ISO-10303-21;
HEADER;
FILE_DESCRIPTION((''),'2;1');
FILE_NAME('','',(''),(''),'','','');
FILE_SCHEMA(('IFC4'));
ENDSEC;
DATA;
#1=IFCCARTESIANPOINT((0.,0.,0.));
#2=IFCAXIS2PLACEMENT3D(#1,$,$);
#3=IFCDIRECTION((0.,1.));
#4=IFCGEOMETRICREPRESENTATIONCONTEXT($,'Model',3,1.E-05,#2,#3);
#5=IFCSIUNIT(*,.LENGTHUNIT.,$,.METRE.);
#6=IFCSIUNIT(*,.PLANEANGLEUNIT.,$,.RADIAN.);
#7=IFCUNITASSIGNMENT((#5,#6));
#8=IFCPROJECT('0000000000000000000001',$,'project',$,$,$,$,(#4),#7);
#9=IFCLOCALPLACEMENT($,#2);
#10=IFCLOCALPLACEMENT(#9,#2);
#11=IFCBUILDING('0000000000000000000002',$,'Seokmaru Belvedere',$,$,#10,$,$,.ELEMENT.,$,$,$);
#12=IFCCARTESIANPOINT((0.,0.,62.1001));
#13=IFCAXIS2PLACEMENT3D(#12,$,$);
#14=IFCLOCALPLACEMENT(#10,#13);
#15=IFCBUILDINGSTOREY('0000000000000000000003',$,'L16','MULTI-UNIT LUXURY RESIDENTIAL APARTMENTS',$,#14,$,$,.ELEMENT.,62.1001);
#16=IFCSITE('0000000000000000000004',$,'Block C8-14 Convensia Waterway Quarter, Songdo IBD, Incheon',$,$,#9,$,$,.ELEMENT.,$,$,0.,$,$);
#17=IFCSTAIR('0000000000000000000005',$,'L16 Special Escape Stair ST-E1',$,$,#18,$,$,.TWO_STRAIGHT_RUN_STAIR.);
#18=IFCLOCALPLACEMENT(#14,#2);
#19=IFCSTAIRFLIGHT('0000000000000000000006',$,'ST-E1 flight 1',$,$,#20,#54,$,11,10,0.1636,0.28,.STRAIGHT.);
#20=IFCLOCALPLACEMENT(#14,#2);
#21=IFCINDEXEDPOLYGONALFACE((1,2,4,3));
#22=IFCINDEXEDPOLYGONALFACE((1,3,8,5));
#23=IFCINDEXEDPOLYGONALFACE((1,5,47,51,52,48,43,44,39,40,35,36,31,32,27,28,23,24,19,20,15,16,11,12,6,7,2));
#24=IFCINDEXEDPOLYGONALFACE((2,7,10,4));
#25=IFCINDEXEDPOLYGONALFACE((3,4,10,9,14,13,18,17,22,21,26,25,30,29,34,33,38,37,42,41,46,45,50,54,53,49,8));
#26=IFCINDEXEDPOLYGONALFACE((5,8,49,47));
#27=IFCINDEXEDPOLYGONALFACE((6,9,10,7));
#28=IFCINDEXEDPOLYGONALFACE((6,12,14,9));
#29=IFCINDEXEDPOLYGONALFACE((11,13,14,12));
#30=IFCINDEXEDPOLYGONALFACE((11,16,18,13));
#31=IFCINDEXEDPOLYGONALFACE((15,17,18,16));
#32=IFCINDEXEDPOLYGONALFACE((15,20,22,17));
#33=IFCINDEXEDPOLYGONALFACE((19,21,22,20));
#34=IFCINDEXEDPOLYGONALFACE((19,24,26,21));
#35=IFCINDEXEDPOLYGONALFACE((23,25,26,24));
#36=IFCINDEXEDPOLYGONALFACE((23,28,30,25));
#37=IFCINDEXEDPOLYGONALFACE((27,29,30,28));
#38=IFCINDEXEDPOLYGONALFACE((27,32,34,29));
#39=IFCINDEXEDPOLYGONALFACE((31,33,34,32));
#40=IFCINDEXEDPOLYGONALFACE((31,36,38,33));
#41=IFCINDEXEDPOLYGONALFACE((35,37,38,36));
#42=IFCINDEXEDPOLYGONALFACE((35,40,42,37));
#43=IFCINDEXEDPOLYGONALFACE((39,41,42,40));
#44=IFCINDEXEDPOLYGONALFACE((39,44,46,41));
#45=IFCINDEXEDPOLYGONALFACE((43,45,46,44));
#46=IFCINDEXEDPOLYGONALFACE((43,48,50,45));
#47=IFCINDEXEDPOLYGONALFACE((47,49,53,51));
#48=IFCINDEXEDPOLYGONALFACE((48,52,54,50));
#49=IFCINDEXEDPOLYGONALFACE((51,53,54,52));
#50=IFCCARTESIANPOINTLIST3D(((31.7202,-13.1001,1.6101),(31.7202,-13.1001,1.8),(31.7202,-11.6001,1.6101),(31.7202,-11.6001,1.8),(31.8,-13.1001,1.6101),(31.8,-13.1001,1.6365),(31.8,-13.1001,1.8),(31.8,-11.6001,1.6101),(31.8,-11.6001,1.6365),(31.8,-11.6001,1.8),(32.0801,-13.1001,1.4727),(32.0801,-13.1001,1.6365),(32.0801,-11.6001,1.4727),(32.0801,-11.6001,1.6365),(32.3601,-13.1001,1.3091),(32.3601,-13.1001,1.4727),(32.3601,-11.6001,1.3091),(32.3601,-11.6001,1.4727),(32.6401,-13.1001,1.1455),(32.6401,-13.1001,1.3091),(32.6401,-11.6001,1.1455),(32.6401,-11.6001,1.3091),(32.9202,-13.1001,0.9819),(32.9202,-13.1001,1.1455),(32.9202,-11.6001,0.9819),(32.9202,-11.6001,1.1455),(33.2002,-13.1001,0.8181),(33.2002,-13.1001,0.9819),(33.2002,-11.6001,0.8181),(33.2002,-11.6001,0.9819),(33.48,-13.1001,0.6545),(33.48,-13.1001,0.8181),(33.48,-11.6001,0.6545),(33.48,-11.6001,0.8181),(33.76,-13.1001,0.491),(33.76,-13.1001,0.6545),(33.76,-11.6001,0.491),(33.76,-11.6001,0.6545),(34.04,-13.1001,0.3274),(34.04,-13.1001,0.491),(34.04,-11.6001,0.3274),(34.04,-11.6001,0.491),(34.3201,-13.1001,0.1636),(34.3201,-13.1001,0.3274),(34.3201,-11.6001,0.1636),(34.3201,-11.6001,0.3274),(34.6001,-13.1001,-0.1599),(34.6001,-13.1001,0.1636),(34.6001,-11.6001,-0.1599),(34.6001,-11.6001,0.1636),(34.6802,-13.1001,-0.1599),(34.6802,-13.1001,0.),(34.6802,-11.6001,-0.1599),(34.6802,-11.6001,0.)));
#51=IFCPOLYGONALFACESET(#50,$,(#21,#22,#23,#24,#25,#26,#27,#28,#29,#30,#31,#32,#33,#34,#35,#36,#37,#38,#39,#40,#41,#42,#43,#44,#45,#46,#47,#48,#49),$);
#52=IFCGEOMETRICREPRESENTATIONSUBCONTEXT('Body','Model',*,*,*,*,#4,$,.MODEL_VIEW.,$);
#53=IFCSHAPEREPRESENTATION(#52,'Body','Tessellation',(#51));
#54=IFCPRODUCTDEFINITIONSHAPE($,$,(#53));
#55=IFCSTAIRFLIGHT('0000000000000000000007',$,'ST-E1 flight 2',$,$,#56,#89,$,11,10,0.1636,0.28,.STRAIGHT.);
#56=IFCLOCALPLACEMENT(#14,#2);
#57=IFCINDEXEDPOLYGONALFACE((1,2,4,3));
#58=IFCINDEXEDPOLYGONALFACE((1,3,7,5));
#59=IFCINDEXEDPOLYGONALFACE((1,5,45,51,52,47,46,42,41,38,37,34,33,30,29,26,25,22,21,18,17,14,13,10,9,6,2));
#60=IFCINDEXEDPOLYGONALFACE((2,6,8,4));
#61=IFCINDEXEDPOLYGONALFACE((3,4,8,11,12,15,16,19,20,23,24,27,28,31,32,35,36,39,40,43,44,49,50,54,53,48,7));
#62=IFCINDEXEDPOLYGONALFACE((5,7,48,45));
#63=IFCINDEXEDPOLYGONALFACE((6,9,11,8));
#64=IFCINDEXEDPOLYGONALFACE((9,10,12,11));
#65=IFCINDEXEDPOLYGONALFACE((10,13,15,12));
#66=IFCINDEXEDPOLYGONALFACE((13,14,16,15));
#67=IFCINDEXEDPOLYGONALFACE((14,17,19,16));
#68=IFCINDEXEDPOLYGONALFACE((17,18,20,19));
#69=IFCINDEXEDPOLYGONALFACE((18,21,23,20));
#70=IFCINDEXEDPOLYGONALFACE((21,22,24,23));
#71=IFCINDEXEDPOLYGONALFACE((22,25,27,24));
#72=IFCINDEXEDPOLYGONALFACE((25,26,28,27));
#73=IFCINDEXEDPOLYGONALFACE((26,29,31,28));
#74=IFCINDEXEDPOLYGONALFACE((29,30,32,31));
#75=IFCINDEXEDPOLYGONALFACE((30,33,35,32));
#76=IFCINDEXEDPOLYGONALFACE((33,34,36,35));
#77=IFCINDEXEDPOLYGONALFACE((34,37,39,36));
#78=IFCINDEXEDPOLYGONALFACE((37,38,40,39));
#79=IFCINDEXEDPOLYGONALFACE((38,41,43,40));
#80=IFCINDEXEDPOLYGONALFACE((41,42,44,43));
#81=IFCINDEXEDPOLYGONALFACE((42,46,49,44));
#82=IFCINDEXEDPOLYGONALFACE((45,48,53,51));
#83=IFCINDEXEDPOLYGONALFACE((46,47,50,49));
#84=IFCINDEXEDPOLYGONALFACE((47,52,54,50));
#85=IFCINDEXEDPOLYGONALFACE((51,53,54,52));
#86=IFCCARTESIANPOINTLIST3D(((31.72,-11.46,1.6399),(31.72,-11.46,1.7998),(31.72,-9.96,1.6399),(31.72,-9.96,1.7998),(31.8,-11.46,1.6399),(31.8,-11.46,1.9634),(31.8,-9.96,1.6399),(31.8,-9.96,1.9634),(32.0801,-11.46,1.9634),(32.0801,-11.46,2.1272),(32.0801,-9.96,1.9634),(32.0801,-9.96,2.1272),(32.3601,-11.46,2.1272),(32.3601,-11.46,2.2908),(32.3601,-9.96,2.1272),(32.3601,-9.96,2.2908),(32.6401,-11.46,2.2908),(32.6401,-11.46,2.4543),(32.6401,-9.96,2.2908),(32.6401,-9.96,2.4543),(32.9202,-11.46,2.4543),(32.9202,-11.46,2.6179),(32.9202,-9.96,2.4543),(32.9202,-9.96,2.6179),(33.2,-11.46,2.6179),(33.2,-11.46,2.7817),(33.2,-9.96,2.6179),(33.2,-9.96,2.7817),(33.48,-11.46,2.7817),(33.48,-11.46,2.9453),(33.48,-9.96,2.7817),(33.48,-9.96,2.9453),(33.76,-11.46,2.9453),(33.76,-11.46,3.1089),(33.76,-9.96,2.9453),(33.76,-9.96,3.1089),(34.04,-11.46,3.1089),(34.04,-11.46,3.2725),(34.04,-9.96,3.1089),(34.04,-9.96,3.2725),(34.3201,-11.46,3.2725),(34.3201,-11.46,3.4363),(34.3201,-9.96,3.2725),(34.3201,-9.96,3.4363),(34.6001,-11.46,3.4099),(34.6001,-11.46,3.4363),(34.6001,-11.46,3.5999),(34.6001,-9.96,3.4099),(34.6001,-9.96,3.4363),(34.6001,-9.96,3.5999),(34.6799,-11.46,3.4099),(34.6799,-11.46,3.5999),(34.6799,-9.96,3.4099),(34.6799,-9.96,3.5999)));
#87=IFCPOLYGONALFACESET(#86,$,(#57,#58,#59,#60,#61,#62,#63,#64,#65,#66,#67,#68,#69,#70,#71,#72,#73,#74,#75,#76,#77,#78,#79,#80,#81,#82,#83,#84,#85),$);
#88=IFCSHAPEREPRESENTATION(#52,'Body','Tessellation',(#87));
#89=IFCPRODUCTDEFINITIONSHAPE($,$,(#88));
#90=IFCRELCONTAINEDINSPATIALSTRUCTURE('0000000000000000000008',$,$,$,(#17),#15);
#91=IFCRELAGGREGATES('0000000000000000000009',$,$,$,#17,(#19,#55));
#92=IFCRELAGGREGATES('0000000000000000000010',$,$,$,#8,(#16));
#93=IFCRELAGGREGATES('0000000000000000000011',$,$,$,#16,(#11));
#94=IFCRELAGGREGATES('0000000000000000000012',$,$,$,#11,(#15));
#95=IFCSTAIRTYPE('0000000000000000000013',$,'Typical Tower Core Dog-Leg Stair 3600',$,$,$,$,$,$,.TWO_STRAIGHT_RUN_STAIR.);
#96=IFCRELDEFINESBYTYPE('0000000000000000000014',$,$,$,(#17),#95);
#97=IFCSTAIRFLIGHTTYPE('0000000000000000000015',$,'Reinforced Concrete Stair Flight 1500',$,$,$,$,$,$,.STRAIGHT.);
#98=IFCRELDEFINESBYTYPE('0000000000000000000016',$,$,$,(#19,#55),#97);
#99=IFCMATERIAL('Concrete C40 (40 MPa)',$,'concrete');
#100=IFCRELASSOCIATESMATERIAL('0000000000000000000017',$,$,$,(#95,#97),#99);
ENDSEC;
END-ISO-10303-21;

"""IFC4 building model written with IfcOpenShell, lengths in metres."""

from ifc_helpers import new_model, si_unit, direction, frame, origin, place, context, subcontext, project, spatial, polyline, outline, extrude, material, type_object, element, aggregate, save


model = new_model("IFC4")

# Units and contexts
model_context = context("Model", 3, precision=1e-05, world=origin(), true_north=direction((0.0, 1.0)))
body_context = subcontext(model_context, "Body", "Model", "MODEL_VIEW")
ifc_project = project(units=[si_unit("LENGTHUNIT", "METRE"), si_unit("PLANEANGLEUNIT", "RADIAN")], contexts=[model_context])

# Site, building, storey
site_placement = place(None, origin())
site = spatial("IfcSite", under=ifc_project, at=site_placement, Name="Block C8-14 Convensia Waterway Quarter, Songdo IBD, Incheon", CompositionType="ELEMENT", RefElevation=0.0)
building_placement = place(site_placement, origin())
building = spatial("IfcBuilding", under=site, at=building_placement, Name="Seokmaru Belvedere", CompositionType="ELEMENT")
storey_placement = place(building_placement, frame((0.0, 0.0, 62.1001)))
storey = spatial("IfcBuildingStorey", under=building, at=storey_placement, Name="L16", Description="MULTI-UNIT LUXURY RESIDENTIAL APARTMENTS", CompositionType="ELEMENT", Elevation=62.1001)

# Stair, stair flights
ifc_material_1 = material(Name="Concrete C40 (40 MPa)", Category="concrete")
stair_type = type_object("IfcStairType", Name="Typical Tower Core Dog-Leg Stair 3600", PredefinedType="TWO_STRAIGHT_RUN_STAIR", material=ifc_material_1)
stair_placement = place(storey_placement, origin())
stair = element("IfcStair", 1, at=stair_placement, inside=storey, type_object=stair_type, Name="L16 Special Escape Stair ST-E1", PredefinedType="TWO_STRAIGHT_RUN_STAIR")
stair_flight_type = type_object("IfcStairFlightType", Name="Reinforced Concrete Stair Flight 1500", PredefinedType="STRAIGHT", material=ifc_material_1)
stair_flight_1_placement = place(storey_placement, frame((34.6001, -12.3501, 0.0), z_axis=(0.0, 0.0, 1.0), x_axis=(-1.0, 0.0, 0.0)))
stair_flight_1 = element("IfcStairFlight", 2, at=stair_flight_1_placement, type_object=stair_flight_type, Name="ST-E1 flight 1", NumberOfRisers=11, NumberOfTreads=10, PredefinedType="STRAIGHT", RiserHeight=0.1636, TreadLength=0.28, context=body_context, shape_type="SweptSolid", body=[
    extrude(outline(polyline([(-0.0801, 0.0), (0.0, 0.1636), (0.28, 0.1636), (0.28, 0.3274), (0.5601, 0.3274), (0.5601, 0.491), (0.8401, 0.491), (0.8401, 0.6545), (1.1201, 0.6545), (1.1201, 0.8181), (1.3999, 0.8181), (1.3999, 0.9819), (1.6799, 0.9819), (1.6799, 1.1455), (1.96, 1.1455), (1.96, 1.3091), (2.24, 1.3091), (2.24, 1.4727), (2.52, 1.4727), (2.52, 1.6365), (2.8, 1.6365), (2.8, 1.8), (2.8799, 1.8), (2.8799, 1.6101), (2.8, 1.6101), (0.0, -0.1599), (-0.0801, -0.1599), (-0.0801, 0.0)])), frame((0.0, 0.75, 0.0), z_axis=(0.0, -1.0, 0.0), x_axis=(1.0, 0.0, 0.0)), (0.0, 0.0, 1.0), 1.5),
])
stair_flight_2_placement = place(storey_placement, frame((31.8, -10.71, 1.7998), z_axis=(0.0, 0.0, 1.0), x_axis=(1.0, 0.0, 0.0)))
stair_flight_2 = element("IfcStairFlight", 3, at=stair_flight_2_placement, type_object=stair_flight_type, Name="ST-E1 flight 2", NumberOfRisers=11, NumberOfTreads=10, PredefinedType="STRAIGHT", RiserHeight=0.1636, TreadLength=0.28, context=body_context, shape_type="SweptSolid", body=[
    extrude(outline(polyline([(-0.0801, 0.0), (0.0, 0.1636), (0.28, 0.1636), (0.28, 0.3274), (0.5601, 0.3274), (0.5601, 0.491), (0.8401, 0.491), (0.8401, 0.6545), (1.1201, 0.6545), (1.1201, 0.8181), (1.3999, 0.8181), (1.3999, 0.9819), (1.6799, 0.9819), (1.6799, 1.1455), (1.96, 1.1455), (1.96, 1.3091), (2.24, 1.3091), (2.24, 1.4727), (2.52, 1.4727), (2.52, 1.6365), (2.8, 1.6365), (2.8, 1.8), (2.8799, 1.8), (2.8799, 1.6101), (2.8, 1.6101), (0.0, -0.1599), (-0.0801, -0.1599), (-0.0801, 0.0)])), frame((0.0, 0.75, 0.0), z_axis=(0.0, -1.0, 0.0), x_axis=(1.0, 0.0, 0.0)), (0.0, 0.0, 1.0), 1.5),
])
aggregate(stair, [stair_flight_1, stair_flight_2])

save(model, "model.ifc")
